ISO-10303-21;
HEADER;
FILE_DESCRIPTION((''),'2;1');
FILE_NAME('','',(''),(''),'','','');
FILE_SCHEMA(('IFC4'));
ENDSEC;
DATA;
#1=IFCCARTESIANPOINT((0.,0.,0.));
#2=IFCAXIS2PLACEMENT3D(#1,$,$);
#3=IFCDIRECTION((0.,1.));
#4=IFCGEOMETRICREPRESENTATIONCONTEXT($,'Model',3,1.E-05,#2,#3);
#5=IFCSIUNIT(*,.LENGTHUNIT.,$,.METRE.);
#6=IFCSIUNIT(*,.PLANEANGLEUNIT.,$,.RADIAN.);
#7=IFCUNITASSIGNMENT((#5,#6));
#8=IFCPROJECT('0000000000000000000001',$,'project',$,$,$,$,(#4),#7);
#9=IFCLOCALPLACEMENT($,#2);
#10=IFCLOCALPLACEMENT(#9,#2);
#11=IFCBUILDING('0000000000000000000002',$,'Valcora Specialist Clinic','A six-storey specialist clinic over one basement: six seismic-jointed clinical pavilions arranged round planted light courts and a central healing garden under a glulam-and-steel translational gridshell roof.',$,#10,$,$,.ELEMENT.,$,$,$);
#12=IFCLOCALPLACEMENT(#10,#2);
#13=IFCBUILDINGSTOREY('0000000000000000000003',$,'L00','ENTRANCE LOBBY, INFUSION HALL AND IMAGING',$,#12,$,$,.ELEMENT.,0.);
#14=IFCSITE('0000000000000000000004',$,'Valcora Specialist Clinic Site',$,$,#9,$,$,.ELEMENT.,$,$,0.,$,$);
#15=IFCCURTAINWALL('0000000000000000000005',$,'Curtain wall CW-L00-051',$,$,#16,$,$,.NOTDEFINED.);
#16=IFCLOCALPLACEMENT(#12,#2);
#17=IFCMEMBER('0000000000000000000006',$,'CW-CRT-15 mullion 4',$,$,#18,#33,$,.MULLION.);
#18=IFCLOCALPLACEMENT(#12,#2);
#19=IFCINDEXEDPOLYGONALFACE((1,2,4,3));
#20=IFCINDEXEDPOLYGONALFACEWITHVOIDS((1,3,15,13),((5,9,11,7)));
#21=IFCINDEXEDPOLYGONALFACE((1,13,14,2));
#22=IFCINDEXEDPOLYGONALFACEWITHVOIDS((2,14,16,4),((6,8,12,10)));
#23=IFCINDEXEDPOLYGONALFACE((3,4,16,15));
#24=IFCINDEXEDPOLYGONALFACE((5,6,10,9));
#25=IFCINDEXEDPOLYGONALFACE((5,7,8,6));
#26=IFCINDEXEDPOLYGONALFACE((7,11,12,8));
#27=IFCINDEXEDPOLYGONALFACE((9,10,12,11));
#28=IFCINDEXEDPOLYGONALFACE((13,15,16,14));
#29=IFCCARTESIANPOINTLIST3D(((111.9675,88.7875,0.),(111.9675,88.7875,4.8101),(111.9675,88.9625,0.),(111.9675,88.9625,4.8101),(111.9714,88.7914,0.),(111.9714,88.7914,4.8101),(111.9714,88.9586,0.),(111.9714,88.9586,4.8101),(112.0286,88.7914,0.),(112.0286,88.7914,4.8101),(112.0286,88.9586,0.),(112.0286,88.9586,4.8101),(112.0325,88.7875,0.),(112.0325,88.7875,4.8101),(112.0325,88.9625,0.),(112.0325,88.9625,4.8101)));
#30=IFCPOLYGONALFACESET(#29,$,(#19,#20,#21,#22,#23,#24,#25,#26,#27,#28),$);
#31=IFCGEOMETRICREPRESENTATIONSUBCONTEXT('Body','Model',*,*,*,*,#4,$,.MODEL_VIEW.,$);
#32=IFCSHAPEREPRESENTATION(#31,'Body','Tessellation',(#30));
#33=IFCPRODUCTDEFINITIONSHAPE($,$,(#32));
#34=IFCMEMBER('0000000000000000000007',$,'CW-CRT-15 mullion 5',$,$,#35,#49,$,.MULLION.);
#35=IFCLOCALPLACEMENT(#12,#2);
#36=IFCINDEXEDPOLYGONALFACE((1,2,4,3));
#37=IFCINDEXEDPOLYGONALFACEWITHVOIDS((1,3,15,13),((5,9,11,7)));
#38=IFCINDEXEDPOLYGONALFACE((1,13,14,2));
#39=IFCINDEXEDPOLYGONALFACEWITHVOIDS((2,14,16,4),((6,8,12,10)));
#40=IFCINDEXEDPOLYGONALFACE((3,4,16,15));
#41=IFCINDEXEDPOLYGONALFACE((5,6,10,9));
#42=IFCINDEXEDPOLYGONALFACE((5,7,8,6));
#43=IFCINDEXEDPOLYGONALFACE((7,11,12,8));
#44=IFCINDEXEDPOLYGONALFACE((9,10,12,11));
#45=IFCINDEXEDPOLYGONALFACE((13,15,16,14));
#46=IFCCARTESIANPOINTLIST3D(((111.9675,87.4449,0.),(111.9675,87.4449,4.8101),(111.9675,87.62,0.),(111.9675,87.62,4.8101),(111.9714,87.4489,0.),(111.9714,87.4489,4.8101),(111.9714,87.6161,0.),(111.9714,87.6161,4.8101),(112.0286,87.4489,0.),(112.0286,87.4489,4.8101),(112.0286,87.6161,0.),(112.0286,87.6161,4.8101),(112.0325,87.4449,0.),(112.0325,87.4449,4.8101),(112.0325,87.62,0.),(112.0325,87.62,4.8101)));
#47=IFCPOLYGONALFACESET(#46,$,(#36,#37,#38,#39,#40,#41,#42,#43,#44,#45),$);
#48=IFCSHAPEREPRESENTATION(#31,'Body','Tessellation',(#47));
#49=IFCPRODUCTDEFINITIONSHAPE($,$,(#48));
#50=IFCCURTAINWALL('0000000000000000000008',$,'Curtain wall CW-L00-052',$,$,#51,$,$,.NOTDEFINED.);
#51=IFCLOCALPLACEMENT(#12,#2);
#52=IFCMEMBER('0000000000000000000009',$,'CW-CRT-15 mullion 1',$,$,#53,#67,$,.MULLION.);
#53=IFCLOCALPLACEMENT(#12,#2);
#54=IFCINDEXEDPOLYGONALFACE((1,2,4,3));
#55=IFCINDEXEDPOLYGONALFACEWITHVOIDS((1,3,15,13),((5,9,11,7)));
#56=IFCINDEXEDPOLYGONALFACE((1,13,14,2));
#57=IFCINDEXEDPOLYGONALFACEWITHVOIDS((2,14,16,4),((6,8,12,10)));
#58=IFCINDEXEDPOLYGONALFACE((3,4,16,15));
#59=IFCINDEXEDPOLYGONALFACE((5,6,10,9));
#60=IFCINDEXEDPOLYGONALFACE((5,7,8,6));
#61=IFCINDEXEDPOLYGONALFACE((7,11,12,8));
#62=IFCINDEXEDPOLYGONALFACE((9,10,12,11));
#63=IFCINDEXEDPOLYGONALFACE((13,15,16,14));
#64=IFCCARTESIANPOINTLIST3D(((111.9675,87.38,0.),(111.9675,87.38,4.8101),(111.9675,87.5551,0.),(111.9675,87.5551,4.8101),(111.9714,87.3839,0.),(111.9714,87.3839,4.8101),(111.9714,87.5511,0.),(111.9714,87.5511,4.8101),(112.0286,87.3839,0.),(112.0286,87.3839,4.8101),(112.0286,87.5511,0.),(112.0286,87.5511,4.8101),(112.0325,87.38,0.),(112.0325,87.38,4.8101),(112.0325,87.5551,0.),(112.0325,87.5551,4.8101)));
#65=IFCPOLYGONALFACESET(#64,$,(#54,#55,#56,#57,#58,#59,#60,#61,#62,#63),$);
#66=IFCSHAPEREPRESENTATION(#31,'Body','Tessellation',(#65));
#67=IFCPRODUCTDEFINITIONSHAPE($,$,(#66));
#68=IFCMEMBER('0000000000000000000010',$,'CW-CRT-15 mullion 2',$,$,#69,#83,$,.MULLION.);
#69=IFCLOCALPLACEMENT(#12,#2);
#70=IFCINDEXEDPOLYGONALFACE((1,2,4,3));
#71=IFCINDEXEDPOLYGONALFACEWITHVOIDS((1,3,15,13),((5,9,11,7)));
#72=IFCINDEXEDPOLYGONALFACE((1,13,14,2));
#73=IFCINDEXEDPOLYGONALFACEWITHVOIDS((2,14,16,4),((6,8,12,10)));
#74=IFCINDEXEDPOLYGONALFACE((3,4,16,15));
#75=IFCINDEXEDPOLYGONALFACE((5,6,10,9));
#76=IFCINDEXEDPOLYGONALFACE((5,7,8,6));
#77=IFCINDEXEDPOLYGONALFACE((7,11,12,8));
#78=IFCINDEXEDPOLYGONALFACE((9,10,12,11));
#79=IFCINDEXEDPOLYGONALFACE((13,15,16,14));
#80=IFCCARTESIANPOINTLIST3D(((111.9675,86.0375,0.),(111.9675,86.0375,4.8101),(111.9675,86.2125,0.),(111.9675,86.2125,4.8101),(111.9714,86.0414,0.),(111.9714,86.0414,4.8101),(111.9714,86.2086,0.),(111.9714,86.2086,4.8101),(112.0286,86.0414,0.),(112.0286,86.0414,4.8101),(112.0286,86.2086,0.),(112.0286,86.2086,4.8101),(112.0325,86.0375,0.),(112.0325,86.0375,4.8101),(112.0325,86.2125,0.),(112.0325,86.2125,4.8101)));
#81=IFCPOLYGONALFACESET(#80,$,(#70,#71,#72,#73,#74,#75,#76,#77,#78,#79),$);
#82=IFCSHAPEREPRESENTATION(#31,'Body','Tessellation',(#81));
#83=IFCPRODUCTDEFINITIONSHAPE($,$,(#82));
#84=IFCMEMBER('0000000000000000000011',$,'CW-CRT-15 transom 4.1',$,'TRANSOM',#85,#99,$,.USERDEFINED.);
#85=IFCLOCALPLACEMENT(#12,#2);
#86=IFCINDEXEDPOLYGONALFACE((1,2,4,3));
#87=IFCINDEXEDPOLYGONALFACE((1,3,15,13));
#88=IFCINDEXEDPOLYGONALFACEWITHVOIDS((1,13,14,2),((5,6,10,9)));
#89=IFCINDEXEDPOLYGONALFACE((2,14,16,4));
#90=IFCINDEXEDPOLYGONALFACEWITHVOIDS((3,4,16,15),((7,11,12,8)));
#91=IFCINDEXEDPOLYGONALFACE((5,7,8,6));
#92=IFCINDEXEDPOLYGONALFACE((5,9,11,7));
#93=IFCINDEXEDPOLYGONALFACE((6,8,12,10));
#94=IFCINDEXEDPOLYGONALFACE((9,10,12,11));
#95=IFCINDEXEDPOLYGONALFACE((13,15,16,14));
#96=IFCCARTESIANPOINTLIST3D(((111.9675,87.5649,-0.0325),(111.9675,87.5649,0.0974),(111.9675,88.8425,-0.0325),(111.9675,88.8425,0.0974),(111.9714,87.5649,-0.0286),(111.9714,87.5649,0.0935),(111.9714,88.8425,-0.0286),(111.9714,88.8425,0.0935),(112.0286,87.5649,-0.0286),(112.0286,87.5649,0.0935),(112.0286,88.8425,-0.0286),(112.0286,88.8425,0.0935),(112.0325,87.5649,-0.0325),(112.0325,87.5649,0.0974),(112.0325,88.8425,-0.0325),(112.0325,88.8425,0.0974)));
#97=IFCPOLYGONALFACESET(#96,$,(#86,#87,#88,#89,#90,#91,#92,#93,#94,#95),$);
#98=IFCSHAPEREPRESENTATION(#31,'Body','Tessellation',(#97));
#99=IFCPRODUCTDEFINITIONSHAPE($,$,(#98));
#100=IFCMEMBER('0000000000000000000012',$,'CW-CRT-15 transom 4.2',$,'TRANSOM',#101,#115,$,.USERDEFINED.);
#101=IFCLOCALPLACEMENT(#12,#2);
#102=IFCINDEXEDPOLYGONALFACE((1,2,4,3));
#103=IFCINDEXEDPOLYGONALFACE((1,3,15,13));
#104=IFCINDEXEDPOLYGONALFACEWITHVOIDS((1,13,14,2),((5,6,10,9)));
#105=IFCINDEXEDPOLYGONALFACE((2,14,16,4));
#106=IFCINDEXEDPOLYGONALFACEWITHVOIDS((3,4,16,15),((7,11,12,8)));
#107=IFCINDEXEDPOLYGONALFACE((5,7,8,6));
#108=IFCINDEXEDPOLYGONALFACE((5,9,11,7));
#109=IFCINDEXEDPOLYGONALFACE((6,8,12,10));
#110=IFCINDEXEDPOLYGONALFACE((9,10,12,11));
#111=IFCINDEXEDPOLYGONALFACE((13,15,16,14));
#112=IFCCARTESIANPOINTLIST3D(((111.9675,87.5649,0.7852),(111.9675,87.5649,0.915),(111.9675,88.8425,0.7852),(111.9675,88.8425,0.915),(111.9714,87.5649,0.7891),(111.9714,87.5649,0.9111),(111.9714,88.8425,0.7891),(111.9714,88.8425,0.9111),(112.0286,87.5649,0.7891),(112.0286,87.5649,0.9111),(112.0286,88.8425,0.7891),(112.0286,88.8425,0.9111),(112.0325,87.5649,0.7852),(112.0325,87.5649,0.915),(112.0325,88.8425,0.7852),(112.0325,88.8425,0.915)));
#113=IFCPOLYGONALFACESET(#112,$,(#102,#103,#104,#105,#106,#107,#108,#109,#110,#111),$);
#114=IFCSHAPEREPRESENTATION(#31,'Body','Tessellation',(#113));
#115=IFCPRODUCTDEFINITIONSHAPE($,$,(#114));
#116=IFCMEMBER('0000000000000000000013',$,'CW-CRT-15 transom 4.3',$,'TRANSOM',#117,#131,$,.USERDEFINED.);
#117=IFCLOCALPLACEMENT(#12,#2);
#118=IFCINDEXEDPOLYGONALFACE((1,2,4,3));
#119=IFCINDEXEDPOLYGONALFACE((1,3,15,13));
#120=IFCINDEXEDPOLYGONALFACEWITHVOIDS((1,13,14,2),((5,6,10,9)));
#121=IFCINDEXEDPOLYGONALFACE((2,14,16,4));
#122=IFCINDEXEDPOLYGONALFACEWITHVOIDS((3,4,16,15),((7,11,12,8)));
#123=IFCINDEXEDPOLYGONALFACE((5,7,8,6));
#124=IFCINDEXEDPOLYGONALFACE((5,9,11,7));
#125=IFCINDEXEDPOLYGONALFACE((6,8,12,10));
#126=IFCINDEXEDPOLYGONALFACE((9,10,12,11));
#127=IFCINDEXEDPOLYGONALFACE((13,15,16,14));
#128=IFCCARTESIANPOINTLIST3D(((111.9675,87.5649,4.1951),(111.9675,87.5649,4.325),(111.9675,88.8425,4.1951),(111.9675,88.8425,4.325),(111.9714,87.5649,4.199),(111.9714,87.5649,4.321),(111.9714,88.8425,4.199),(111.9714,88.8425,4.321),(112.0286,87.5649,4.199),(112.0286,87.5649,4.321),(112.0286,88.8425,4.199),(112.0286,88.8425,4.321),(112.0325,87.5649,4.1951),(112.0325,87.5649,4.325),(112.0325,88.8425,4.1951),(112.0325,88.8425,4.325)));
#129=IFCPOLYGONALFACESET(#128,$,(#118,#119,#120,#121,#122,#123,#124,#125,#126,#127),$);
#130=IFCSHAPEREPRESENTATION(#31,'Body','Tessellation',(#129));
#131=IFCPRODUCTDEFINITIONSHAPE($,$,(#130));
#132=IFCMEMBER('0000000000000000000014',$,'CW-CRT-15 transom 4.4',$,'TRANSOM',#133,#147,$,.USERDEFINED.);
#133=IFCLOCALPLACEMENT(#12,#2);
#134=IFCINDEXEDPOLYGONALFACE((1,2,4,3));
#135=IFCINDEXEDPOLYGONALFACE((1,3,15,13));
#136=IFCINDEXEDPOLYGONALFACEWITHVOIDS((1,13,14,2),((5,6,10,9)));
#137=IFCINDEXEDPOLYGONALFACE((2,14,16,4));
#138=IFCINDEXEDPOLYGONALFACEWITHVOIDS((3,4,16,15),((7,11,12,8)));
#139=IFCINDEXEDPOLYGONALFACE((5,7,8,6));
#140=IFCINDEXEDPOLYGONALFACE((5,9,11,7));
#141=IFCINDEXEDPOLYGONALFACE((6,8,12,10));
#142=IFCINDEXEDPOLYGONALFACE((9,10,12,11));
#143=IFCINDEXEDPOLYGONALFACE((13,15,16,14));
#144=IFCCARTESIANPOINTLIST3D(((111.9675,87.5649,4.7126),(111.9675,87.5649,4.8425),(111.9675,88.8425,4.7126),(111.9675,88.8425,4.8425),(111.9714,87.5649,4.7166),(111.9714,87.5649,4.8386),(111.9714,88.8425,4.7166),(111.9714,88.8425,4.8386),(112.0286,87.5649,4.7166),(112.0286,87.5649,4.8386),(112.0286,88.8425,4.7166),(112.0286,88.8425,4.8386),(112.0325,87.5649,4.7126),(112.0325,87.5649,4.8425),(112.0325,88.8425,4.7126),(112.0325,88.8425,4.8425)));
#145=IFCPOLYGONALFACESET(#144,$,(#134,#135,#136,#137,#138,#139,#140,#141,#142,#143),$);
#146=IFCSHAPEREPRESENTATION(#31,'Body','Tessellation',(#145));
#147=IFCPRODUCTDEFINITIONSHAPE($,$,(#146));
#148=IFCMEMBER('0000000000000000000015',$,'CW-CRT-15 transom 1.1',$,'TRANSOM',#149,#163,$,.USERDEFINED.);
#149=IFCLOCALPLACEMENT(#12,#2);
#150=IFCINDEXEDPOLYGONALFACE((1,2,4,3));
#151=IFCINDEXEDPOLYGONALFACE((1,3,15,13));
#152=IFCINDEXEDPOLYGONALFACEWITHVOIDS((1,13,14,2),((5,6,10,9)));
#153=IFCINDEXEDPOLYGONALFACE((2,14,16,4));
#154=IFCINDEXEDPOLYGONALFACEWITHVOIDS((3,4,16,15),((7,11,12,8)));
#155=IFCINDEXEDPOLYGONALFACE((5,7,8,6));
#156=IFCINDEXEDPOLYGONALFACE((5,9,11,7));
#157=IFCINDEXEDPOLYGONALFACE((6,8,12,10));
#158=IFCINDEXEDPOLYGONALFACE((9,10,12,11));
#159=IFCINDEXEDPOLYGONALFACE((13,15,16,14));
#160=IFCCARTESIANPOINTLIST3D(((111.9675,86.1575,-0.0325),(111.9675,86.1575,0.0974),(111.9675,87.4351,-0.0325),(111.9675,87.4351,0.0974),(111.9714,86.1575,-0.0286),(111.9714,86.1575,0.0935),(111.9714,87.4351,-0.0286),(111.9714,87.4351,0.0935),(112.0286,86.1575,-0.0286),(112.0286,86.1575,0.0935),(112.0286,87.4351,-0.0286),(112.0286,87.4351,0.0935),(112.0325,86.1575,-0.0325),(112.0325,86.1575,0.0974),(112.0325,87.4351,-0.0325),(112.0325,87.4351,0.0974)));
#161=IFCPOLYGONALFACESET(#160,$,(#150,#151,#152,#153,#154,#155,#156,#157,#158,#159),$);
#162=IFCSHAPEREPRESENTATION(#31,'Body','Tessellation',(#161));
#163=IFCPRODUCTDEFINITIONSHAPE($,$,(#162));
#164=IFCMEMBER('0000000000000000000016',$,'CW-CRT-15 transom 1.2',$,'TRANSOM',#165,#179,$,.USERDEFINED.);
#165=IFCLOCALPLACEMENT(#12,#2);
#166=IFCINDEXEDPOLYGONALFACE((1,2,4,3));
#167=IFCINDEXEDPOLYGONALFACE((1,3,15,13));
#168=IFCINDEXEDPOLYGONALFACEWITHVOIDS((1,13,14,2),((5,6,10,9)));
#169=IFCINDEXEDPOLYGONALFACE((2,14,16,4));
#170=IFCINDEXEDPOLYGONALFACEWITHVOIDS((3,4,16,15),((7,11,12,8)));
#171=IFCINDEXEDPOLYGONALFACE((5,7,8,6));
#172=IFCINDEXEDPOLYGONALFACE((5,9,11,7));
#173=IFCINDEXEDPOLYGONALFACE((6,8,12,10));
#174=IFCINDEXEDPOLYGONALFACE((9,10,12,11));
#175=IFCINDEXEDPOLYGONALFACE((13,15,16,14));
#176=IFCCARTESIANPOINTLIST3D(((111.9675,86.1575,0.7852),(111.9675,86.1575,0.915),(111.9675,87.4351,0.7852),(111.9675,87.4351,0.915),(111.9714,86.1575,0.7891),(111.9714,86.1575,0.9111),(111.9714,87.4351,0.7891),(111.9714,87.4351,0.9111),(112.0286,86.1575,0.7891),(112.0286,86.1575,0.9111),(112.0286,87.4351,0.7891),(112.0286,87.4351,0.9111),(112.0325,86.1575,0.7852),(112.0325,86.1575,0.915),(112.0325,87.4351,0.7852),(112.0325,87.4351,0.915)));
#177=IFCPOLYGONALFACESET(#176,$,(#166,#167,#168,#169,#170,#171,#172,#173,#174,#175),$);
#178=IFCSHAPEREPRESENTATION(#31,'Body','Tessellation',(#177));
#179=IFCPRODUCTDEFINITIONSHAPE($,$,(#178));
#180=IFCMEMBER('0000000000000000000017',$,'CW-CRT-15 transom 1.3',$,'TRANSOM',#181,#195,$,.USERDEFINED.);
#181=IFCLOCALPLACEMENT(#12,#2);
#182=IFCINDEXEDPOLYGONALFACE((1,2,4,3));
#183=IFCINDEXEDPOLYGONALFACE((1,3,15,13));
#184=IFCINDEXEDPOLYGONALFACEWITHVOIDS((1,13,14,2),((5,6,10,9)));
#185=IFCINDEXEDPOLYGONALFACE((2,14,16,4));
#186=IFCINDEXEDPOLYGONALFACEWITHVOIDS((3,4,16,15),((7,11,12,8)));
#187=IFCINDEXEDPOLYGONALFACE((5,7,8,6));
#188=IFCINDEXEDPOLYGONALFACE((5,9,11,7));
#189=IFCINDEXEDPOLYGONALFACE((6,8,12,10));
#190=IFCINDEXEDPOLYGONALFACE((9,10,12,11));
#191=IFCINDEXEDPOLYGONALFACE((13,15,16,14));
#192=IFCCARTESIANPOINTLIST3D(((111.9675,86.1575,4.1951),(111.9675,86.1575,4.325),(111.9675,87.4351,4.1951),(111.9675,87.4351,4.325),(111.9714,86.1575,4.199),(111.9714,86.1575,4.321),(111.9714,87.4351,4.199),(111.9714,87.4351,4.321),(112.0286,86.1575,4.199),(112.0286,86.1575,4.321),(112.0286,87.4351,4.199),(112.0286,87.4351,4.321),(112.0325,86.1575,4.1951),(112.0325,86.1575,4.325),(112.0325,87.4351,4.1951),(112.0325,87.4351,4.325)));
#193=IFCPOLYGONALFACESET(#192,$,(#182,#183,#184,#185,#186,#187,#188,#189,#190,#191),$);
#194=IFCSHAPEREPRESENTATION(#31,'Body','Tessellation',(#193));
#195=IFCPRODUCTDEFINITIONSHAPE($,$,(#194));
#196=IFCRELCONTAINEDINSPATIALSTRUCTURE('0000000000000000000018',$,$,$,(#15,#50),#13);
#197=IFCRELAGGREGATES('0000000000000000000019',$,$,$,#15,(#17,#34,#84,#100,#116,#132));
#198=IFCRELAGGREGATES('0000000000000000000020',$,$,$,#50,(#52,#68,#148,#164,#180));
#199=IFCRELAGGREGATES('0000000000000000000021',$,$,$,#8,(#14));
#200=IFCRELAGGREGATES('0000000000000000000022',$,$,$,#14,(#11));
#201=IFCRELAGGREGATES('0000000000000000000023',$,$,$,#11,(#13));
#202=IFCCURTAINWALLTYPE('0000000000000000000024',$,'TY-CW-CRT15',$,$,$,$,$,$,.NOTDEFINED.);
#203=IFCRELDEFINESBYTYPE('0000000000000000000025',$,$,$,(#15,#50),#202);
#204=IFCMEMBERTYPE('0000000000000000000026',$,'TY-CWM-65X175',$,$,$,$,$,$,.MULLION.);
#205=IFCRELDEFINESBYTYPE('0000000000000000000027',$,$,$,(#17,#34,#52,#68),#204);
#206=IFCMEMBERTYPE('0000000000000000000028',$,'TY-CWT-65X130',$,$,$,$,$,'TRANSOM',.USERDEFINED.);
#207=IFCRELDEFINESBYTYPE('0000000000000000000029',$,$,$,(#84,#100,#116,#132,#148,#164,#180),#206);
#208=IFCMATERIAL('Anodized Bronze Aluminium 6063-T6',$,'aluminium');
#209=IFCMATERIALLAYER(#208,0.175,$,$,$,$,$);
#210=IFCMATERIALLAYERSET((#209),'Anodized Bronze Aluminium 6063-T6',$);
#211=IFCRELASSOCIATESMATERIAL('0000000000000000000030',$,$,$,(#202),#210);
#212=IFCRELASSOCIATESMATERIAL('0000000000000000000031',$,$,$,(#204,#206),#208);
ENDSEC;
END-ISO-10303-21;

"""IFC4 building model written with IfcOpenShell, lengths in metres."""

from ifc_helpers import new_model, si_unit, direction, frame, origin, origin_2d, place, context, subcontext, project, spatial, hollow_rectangle, extrude, material, layer, layer_set, material_profile, profile_set, type_object, element, aggregate, save


model = new_model("IFC4")

# Units and contexts
model_context = context("Model", 3, precision=1e-05, world=origin(), true_north=direction((0.0, 1.0)))
body_context = subcontext(model_context, "Body", "Model", "MODEL_VIEW")
ifc_project = project(units=[si_unit("LENGTHUNIT", "METRE"), si_unit("PLANEANGLEUNIT", "RADIAN")], contexts=[model_context])

# Site, building, storey
site_placement = place(None, origin())
site = spatial("IfcSite", under=ifc_project, at=site_placement, Name="Valcora Specialist Clinic Site", CompositionType="ELEMENT", RefElevation=0.0)
building_placement = place(site_placement, origin())
building = spatial("IfcBuilding", under=site, at=building_placement, Name="Valcora Specialist Clinic", Description="A six-storey specialist clinic over one basement: six seismic-jointed clinical pavilions arranged round planted light courts and a central healing garden under a glulam-and-steel translational gridshell roof.", CompositionType="ELEMENT")
storey_placement = place(building_placement, origin())
storey = spatial("IfcBuildingStorey", under=building, at=storey_placement, Name="L00", Description="ENTRANCE LOBBY, INFUSION HALL AND IMAGING", CompositionType="ELEMENT", Elevation=0.0)

# Curtain walls, members
ifc_material_1 = material(Name="Anodized Bronze Aluminium 6063-T6", Category="aluminium")
ifc_layer_1 = layer(ifc_material_1, 0.175)
ifc_layer_set_1 = layer_set([ifc_layer_1], Name="Anodized Bronze Aluminium 6063-T6")
curtain_wall_type = type_object("IfcCurtainWallType", Name="TY-CW-CRT15", PredefinedType="NOTDEFINED", material=ifc_layer_set_1)
curtain_wall_1_placement = place(storey_placement, origin())
curtain_wall_1 = element("IfcCurtainWall", 1, at=curtain_wall_1_placement, inside=storey, type_object=curtain_wall_type, Name="Curtain wall CW-L00-051", PredefinedType="NOTDEFINED")
ifc_material_profile_1 = material_profile(ifc_material_1, hollow_rectangle(XDim=0.0649, YDim=0.175, WallThickness=0.0039, at=origin_2d()), Name="AL-MUL-65X175")
ifc_profile_set_1 = profile_set([ifc_material_profile_1], Name="Anodized Bronze Aluminium 6063-T6")
member_type_1 = type_object("IfcMemberType", Name="TY-CWM-65X175", PredefinedType="MULLION", material=ifc_profile_set_1)
member_1_placement = place(storey_placement, frame((112.0, 88.875, 0.0), z_axis=(0.0, 0.0, 1.0), x_axis=(1.0, 0.0, 0.0)))
member_1 = element("IfcMember", 2, at=member_1_placement, type_object=member_type_1, Name="CW-CRT-15 mullion 4", PredefinedType="MULLION", context=body_context, shape_type="SweptSolid", body=[
    extrude(hollow_rectangle(XDim=0.0649, YDim=0.175, WallThickness=0.0039, at=origin_2d()), origin(), (0.0, 0.0, 1.0), 4.8101),
])
member_2_placement = place(storey_placement, frame((112.0, 87.5325, 0.0), z_axis=(0.0, 0.0, 1.0), x_axis=(1.0, 0.0, 0.0)))
member_2 = element("IfcMember", 3, at=member_2_placement, type_object=member_type_1, Name="CW-CRT-15 mullion 5", PredefinedType="MULLION", context=body_context, shape_type="SweptSolid", body=[
    extrude(hollow_rectangle(XDim=0.0649, YDim=0.175, WallThickness=0.0039, at=origin_2d()), origin(), (0.0, 0.0, 1.0), 4.8101),
])
curtain_wall_2_placement = place(storey_placement, origin())
curtain_wall_2 = element("IfcCurtainWall", 4, at=curtain_wall_2_placement, inside=storey, type_object=curtain_wall_type, Name="Curtain wall CW-L00-052", PredefinedType="NOTDEFINED")
member_3_placement = place(storey_placement, frame((112.0, 87.4675, 0.0), z_axis=(0.0, 0.0, 1.0), x_axis=(1.0, 0.0, 0.0)))
member_3 = element("IfcMember", 5, at=member_3_placement, type_object=member_type_1, Name="CW-CRT-15 mullion 1", PredefinedType="MULLION", context=body_context, shape_type="SweptSolid", body=[
    extrude(hollow_rectangle(XDim=0.0649, YDim=0.175, WallThickness=0.0039, at=origin_2d()), origin(), (0.0, 0.0, 1.0), 4.8101),
])
member_4_placement = place(storey_placement, frame((112.0, 86.125, 0.0), z_axis=(0.0, 0.0, 1.0), x_axis=(1.0, 0.0, 0.0)))
member_4 = element("IfcMember", 6, at=member_4_placement, type_object=member_type_1, Name="CW-CRT-15 mullion 2", PredefinedType="MULLION", context=body_context, shape_type="SweptSolid", body=[
    extrude(hollow_rectangle(XDim=0.0649, YDim=0.175, WallThickness=0.0039, at=origin_2d()), origin(), (0.0, 0.0, 1.0), 4.8101),
])

# Members
ifc_material_profile_2 = material_profile(ifc_material_1, hollow_rectangle(XDim=0.0649, YDim=0.1299, WallThickness=0.0039, at=origin_2d()), Name="AL-TRN-65X130")
ifc_profile_set_2 = profile_set([ifc_material_profile_2], Name="Anodized Bronze Aluminium 6063-T6")
member_type_2 = type_object("IfcMemberType", Name="TY-CWT-65X130", ElementType="TRANSOM", PredefinedType="USERDEFINED", material=ifc_profile_set_2)
member_5_placement = place(storey_placement, frame((112.0, 88.8425, 0.0325), z_axis=(0.0, -1.0, 0.0), x_axis=(1.0, 0.0, 0.0)))
member_5 = element("IfcMember", 7, at=member_5_placement, type_object=member_type_2, Name="CW-CRT-15 transom 4.1", ObjectType="TRANSOM", PredefinedType="USERDEFINED", context=body_context, shape_type="SweptSolid", body=[
    extrude(hollow_rectangle(XDim=0.0649, YDim=0.1299, WallThickness=0.0039, at=origin_2d()), origin(), (0.0, 0.0, 1.0), 1.2776),
])
member_6_placement = place(storey_placement, frame((112.0, 88.8425, 0.8501), z_axis=(0.0, -1.0, 0.0), x_axis=(1.0, 0.0, 0.0)))
member_6 = element("IfcMember", 8, at=member_6_placement, type_object=member_type_2, Name="CW-CRT-15 transom 4.2", ObjectType="TRANSOM", PredefinedType="USERDEFINED", context=body_context, shape_type="SweptSolid", body=[
    extrude(hollow_rectangle(XDim=0.0649, YDim=0.1299, WallThickness=0.0039, at=origin_2d()), origin(), (0.0, 0.0, 1.0), 1.2776),
])
member_7_placement = place(storey_placement, frame((112.0, 88.8425, 4.26), z_axis=(0.0, -1.0, 0.0), x_axis=(1.0, 0.0, 0.0)))
member_7 = element("IfcMember", 9, at=member_7_placement, type_object=member_type_2, Name="CW-CRT-15 transom 4.3", ObjectType="TRANSOM", PredefinedType="USERDEFINED", context=body_context, shape_type="SweptSolid", body=[
    extrude(hollow_rectangle(XDim=0.0649, YDim=0.1299, WallThickness=0.0039, at=origin_2d()), origin(), (0.0, 0.0, 1.0), 1.2776),
])
member_8_placement = place(storey_placement, frame((112.0, 88.8425, 4.7776), z_axis=(0.0, -1.0, 0.0), x_axis=(1.0, 0.0, 0.0)))
member_8 = element("IfcMember", 10, at=member_8_placement, type_object=member_type_2, Name="CW-CRT-15 transom 4.4", ObjectType="TRANSOM", PredefinedType="USERDEFINED", context=body_context, shape_type="SweptSolid", body=[
    extrude(hollow_rectangle(XDim=0.0649, YDim=0.1299, WallThickness=0.0039, at=origin_2d()), origin(), (0.0, 0.0, 1.0), 1.2776),
])
member_9_placement = place(storey_placement, frame((112.0, 87.4351, 0.0325), z_axis=(0.0, -1.0, 0.0), x_axis=(1.0, 0.0, 0.0)))
member_9 = element("IfcMember", 11, at=member_9_placement, type_object=member_type_2, Name="CW-CRT-15 transom 1.1", ObjectType="TRANSOM", PredefinedType="USERDEFINED", context=body_context, shape_type="SweptSolid", body=[
    extrude(hollow_rectangle(XDim=0.0649, YDim=0.1299, WallThickness=0.0039, at=origin_2d()), origin(), (0.0, 0.0, 1.0), 1.2776),
])
member_10_placement = place(storey_placement, frame((112.0, 87.4351, 0.8501), z_axis=(0.0, -1.0, 0.0), x_axis=(1.0, 0.0, 0.0)))
member_10 = element("IfcMember", 12, at=member_10_placement, type_object=member_type_2, Name="CW-CRT-15 transom 1.2", ObjectType="TRANSOM", PredefinedType="USERDEFINED", context=body_context, shape_type="SweptSolid", body=[
    extrude(hollow_rectangle(XDim=0.0649, YDim=0.1299, WallThickness=0.0039, at=origin_2d()), origin(), (0.0, 0.0, 1.0), 1.2776),
])
member_11_placement = place(storey_placement, frame((112.0, 87.4351, 4.26), z_axis=(0.0, -1.0, 0.0), x_axis=(1.0, 0.0, 0.0)))
member_11 = element("IfcMember", 13, at=member_11_placement, type_object=member_type_2, Name="CW-CRT-15 transom 1.3", ObjectType="TRANSOM", PredefinedType="USERDEFINED", context=body_context, shape_type="SweptSolid", body=[
    extrude(hollow_rectangle(XDim=0.0649, YDim=0.1299, WallThickness=0.0039, at=origin_2d()), origin(), (0.0, 0.0, 1.0), 1.2776),
])

aggregate(curtain_wall_1, [member_1, member_2, member_5, member_6, member_7, member_8])
aggregate(curtain_wall_2, [member_3, member_4, member_9, member_10, member_11])

save(model, "model.ifc")
